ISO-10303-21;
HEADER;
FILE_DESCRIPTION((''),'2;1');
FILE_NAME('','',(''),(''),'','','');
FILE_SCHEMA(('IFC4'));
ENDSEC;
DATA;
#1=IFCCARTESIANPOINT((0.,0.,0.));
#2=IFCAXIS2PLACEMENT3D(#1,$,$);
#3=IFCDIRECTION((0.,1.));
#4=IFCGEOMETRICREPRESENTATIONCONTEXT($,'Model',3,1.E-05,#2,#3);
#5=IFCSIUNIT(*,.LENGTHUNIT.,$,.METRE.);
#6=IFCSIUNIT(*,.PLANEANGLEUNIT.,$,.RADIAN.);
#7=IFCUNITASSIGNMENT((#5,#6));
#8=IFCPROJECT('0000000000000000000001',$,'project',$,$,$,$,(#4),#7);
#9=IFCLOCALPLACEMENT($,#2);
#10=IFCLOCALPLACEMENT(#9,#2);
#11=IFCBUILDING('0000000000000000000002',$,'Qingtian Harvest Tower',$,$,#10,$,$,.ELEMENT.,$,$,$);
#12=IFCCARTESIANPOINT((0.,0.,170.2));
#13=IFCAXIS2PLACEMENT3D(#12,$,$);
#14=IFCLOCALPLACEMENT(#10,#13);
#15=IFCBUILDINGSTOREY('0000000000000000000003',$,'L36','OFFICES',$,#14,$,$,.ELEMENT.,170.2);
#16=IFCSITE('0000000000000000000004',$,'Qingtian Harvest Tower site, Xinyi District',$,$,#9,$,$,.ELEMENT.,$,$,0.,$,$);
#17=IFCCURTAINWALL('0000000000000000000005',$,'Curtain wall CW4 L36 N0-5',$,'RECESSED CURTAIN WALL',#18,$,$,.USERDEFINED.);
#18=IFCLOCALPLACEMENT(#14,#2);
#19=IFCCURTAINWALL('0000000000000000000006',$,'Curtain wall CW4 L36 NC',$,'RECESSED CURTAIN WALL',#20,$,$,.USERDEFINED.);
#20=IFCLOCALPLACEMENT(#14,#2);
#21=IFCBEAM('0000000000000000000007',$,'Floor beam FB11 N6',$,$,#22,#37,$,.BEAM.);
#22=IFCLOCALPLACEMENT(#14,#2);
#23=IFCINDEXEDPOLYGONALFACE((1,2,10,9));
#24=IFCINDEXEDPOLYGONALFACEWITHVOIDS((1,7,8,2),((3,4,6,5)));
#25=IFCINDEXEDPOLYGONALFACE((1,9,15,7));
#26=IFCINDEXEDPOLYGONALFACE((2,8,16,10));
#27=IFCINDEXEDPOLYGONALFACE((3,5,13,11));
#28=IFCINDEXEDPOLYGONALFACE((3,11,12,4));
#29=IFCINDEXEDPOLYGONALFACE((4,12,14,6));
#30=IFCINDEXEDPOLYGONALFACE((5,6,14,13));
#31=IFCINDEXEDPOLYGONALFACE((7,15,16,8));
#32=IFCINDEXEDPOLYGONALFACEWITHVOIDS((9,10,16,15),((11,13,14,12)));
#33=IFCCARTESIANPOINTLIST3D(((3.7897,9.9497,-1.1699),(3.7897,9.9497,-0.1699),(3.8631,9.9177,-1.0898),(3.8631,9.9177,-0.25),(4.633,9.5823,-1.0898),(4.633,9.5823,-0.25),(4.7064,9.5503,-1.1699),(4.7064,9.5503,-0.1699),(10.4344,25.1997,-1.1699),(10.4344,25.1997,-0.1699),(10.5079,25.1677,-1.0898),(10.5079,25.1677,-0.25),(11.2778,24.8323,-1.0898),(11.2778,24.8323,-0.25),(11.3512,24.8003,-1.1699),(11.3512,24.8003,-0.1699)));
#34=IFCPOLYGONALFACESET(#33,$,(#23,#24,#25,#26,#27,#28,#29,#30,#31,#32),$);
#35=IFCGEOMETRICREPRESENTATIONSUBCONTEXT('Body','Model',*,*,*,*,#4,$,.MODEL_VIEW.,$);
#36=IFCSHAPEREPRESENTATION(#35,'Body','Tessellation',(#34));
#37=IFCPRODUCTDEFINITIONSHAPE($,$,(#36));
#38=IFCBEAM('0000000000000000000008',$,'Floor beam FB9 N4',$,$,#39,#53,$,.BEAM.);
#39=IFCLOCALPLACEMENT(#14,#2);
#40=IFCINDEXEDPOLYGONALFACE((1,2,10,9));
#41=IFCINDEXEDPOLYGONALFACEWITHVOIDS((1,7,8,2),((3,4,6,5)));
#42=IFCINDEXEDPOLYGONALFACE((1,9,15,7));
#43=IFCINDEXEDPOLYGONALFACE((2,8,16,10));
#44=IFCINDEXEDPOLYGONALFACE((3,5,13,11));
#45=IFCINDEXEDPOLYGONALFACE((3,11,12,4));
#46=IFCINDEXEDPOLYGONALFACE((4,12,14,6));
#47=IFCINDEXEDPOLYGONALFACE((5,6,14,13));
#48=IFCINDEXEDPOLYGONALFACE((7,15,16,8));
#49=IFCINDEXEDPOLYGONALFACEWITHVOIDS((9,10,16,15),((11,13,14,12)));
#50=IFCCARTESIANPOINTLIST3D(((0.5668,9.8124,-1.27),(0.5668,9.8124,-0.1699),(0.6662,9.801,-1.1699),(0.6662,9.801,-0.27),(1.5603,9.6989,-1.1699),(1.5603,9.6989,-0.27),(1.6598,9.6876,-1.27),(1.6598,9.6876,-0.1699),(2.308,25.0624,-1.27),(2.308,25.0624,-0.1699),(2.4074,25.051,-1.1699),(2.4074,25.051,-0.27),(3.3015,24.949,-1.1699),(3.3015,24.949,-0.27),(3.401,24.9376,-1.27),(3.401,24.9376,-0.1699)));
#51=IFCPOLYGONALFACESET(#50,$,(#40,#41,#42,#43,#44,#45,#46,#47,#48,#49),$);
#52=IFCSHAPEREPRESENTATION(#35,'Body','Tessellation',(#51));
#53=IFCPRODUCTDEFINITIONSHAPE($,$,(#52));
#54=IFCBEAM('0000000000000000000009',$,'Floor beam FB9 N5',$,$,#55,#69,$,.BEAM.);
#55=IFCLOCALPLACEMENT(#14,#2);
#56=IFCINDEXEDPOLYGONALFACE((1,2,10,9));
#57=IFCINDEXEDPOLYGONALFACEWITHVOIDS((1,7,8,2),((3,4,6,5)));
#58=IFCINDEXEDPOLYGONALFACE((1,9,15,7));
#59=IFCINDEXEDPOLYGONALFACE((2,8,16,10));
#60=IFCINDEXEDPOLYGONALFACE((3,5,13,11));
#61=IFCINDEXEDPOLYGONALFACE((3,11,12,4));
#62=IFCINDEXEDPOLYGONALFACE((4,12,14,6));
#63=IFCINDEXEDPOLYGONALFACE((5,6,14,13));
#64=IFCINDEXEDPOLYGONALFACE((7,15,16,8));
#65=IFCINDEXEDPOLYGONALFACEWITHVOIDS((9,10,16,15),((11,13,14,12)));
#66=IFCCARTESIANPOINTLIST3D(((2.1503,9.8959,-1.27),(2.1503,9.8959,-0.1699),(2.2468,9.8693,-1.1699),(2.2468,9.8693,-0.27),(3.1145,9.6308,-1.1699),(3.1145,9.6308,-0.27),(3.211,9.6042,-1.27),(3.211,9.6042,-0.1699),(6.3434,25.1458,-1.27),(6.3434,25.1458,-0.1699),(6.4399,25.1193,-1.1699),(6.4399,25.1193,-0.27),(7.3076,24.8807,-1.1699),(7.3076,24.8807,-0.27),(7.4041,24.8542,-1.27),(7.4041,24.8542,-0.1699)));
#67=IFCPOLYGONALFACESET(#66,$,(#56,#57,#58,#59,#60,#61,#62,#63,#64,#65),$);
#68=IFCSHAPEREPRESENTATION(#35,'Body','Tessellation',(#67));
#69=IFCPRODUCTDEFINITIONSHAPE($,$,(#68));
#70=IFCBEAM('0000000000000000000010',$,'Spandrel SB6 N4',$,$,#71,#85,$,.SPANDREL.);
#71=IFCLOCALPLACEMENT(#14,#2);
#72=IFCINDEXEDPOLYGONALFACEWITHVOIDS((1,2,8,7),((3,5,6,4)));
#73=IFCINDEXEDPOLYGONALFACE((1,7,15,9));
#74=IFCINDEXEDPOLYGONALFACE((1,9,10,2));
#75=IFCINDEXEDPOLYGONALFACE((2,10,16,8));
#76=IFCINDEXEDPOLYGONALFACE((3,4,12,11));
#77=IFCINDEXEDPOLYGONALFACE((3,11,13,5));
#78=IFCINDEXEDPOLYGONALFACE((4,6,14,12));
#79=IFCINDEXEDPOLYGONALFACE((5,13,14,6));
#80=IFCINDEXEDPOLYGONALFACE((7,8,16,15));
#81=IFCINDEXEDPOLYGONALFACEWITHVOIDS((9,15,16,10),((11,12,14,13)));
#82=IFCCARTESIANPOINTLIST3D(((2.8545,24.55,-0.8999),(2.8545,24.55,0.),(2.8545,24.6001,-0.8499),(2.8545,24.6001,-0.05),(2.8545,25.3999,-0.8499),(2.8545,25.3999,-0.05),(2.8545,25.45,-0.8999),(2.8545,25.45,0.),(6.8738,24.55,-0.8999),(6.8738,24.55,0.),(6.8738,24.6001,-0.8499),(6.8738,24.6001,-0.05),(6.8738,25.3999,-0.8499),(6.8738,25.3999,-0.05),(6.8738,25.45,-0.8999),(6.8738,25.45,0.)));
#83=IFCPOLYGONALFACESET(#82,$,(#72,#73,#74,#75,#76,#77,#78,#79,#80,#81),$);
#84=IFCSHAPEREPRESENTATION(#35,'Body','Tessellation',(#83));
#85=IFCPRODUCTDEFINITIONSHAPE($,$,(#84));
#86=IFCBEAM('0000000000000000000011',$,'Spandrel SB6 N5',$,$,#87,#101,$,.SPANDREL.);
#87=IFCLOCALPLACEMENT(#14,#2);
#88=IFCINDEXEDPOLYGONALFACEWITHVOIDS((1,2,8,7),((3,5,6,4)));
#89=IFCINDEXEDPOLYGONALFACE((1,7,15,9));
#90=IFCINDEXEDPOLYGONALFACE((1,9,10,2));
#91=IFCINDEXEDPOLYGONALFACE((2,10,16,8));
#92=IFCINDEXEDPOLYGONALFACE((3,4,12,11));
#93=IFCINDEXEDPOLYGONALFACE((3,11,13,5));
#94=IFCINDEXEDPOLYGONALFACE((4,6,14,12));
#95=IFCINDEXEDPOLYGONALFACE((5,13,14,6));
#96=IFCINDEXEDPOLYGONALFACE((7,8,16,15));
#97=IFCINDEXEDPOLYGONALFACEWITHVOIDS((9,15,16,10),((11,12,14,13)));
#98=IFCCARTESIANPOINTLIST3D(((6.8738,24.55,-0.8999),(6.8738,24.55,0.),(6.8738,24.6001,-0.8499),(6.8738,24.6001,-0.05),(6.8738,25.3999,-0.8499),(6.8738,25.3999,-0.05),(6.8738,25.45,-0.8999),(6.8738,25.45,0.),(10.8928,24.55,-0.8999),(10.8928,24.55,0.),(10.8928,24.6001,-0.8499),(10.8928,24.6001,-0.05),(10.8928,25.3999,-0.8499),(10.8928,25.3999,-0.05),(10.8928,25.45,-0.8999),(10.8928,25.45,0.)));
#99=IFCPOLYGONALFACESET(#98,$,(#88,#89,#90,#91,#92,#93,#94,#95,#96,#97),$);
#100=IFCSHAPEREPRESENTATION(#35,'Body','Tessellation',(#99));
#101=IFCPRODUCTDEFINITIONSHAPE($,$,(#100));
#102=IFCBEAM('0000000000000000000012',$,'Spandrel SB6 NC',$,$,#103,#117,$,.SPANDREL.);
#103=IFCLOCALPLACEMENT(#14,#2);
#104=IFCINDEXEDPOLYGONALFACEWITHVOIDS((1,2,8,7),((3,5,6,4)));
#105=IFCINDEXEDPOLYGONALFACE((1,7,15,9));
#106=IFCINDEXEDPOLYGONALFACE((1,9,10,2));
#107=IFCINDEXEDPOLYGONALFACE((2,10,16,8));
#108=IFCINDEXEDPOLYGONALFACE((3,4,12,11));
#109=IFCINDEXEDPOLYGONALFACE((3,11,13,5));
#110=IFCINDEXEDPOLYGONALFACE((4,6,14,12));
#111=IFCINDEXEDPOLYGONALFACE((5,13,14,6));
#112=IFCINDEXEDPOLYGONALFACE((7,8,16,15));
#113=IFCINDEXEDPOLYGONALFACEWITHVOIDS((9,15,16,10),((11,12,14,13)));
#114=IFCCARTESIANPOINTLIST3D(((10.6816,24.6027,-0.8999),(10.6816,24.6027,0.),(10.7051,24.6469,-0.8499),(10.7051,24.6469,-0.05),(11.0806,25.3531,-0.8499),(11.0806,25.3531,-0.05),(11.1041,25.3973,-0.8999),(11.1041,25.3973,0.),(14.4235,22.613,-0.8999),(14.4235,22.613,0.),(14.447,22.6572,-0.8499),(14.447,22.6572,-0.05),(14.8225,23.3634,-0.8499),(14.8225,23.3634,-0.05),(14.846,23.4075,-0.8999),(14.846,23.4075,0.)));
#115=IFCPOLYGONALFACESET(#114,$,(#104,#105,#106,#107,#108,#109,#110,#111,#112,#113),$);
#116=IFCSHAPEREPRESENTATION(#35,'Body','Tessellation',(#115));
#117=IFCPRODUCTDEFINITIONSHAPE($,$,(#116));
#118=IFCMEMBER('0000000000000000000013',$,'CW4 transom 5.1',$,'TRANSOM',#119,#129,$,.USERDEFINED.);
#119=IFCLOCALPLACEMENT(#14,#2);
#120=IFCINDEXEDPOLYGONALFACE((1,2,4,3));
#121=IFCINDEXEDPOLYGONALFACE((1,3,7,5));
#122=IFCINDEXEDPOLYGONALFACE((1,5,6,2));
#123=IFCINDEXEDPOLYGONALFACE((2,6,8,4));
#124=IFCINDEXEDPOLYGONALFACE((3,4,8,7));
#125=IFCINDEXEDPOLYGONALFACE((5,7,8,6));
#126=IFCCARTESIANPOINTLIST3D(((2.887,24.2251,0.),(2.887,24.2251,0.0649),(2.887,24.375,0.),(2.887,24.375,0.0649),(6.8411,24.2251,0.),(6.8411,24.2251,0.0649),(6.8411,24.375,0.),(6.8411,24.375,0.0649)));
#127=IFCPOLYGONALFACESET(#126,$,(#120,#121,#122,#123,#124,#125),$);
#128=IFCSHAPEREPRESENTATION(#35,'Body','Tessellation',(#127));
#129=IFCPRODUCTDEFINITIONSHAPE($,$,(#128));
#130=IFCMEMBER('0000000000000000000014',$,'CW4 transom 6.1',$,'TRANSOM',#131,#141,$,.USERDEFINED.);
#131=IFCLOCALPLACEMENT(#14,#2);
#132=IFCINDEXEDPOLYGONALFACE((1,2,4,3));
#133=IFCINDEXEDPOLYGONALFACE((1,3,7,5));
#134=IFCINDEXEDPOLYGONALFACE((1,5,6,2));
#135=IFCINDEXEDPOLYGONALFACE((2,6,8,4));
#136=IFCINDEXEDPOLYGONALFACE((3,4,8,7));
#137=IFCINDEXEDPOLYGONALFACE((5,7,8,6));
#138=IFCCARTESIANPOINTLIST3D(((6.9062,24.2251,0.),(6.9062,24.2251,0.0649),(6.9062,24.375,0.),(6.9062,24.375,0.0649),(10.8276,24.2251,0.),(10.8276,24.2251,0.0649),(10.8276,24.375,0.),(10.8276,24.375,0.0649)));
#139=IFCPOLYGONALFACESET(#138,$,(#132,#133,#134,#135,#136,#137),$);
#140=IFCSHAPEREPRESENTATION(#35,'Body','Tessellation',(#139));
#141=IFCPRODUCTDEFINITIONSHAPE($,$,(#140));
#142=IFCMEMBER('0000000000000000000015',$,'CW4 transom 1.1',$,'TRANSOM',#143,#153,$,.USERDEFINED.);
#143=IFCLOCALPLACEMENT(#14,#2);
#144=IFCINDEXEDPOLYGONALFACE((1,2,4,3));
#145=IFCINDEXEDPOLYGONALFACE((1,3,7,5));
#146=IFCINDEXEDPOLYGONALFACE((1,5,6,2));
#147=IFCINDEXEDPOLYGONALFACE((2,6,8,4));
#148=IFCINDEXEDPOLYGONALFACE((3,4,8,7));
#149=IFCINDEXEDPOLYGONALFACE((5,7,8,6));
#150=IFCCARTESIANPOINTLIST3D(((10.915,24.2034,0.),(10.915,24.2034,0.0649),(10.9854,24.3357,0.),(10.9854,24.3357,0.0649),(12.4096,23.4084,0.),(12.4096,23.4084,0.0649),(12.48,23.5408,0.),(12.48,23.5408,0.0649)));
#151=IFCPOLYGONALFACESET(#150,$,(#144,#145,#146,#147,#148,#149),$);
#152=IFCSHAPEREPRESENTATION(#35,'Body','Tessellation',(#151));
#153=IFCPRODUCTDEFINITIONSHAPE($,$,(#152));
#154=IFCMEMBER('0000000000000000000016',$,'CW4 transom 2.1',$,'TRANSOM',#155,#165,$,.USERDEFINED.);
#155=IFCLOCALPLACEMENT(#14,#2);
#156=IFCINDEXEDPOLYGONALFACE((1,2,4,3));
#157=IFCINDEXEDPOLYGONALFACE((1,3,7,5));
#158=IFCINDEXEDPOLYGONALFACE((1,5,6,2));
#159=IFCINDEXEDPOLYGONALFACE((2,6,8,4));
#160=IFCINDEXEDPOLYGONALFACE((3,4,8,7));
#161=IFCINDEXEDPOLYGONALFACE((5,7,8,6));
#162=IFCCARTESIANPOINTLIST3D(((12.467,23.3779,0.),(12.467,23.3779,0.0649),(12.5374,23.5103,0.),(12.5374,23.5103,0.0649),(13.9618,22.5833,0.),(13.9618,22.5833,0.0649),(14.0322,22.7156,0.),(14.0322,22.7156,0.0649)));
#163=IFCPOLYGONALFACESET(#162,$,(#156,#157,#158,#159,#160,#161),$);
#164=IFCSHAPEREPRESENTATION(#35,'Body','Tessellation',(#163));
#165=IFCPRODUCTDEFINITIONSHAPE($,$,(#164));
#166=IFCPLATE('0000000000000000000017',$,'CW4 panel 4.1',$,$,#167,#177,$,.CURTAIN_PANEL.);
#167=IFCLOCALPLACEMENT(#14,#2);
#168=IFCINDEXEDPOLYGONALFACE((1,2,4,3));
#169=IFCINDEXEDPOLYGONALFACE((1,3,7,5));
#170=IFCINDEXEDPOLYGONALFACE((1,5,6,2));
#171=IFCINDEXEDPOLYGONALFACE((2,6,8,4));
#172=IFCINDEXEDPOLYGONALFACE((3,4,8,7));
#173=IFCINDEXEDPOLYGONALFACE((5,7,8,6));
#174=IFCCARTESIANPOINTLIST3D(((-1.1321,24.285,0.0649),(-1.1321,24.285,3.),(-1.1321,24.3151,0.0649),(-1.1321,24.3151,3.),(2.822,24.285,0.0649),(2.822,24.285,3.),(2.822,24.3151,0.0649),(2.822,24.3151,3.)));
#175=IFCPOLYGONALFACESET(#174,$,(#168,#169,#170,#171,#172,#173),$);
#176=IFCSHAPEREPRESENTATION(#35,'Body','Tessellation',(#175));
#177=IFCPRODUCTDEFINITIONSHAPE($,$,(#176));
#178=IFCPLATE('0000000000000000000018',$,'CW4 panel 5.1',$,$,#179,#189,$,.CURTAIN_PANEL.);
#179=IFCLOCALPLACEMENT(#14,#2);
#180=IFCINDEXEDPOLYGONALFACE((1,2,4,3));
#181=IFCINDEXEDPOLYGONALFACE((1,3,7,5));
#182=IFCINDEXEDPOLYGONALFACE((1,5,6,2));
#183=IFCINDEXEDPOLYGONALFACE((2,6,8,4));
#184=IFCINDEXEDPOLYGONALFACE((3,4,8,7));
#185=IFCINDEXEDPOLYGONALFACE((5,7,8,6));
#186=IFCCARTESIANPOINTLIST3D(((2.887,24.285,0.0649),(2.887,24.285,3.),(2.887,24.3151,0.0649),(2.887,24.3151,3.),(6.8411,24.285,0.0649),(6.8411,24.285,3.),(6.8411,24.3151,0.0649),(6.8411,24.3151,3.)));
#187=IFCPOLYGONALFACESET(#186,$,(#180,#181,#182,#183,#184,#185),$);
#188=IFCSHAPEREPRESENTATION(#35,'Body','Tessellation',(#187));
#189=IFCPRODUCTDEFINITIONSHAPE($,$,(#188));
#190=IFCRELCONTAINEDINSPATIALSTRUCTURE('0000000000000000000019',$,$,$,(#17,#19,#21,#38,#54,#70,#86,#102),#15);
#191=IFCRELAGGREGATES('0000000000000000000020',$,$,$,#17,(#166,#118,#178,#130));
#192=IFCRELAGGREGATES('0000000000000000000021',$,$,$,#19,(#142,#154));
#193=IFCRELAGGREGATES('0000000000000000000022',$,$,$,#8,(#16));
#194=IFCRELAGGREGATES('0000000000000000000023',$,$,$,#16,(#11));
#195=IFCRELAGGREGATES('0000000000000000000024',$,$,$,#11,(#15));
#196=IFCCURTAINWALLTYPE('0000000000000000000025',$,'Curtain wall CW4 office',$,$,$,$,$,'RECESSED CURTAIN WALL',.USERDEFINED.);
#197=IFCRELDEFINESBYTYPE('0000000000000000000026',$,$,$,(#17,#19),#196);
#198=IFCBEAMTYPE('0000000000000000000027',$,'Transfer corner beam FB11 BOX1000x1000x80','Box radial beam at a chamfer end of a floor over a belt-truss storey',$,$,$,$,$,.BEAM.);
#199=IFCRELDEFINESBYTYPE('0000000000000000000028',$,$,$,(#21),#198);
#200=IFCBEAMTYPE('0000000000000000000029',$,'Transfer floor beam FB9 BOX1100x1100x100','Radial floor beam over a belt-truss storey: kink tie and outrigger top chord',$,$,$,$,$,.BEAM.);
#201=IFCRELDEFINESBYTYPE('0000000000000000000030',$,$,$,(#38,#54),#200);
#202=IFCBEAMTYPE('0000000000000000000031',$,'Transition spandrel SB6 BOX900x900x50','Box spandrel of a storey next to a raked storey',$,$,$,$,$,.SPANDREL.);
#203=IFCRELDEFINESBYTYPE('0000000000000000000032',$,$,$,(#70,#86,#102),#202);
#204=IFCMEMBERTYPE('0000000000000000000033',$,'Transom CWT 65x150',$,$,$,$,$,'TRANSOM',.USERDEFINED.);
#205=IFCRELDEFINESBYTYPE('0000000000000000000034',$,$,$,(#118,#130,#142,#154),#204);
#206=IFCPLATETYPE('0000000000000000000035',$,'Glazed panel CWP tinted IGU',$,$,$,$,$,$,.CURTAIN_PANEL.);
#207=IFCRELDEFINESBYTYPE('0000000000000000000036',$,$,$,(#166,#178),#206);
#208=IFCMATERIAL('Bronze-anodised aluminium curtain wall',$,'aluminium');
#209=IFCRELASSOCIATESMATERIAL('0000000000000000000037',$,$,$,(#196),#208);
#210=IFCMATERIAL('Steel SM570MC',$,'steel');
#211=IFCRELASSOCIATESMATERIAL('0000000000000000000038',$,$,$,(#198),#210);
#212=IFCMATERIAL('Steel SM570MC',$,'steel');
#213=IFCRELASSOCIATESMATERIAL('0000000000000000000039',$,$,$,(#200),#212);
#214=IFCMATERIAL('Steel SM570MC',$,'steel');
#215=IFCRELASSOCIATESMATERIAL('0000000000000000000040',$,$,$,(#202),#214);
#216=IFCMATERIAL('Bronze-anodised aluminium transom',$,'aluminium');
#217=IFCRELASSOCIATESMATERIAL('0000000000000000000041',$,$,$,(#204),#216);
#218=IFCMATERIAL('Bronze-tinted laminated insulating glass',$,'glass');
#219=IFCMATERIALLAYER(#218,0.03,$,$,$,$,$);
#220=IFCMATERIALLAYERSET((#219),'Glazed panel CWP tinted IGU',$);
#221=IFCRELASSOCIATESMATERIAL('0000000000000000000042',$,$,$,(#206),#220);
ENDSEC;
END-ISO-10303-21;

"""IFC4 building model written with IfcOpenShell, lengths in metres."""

from ifc_helpers import new_model, si_unit, direction, frame, origin, origin_2d, place, context, subcontext, project, spatial, rectangle, hollow_rectangle, extrude, material, layer, layer_set, material_profile, profile_set, type_object, element, aggregate, save


model = new_model("IFC4")

# Units and contexts
model_context = context("Model", 3, precision=1e-05, world=origin(), true_north=direction((0.0, 1.0)))
body_context = subcontext(model_context, "Body", "Model", "MODEL_VIEW")
ifc_project = project(units=[si_unit("LENGTHUNIT", "METRE"), si_unit("PLANEANGLEUNIT", "RADIAN")], contexts=[model_context])

# Site, building, storey
site_placement = place(None, origin())
site = spatial("IfcSite", under=ifc_project, at=site_placement, Name="Qingtian Harvest Tower site, Xinyi District", CompositionType="ELEMENT", RefElevation=0.0)
building_placement = place(site_placement, origin())
building = spatial("IfcBuilding", under=site, at=building_placement, Name="Qingtian Harvest Tower", CompositionType="ELEMENT")
storey_placement = place(building_placement, frame((0.0, 0.0, 170.2)))
storey = spatial("IfcBuildingStorey", under=building, at=storey_placement, Name="L36", Description="OFFICES", CompositionType="ELEMENT", Elevation=170.2)

# Curtain walls
ifc_material_1 = material(Name="Bronze-anodised aluminium curtain wall", Category="aluminium")
curtain_wall_type = type_object("IfcCurtainWallType", Name="Curtain wall CW4 office", ElementType="RECESSED CURTAIN WALL", PredefinedType="USERDEFINED", material=ifc_material_1)
curtain_wall_1_placement = place(storey_placement, origin())
curtain_wall_1 = element("IfcCurtainWall", 1, at=curtain_wall_1_placement, inside=storey, type_object=curtain_wall_type, Name="Curtain wall CW4 L36 N0-5", ObjectType="RECESSED CURTAIN WALL", PredefinedType="USERDEFINED")
curtain_wall_2_placement = place(storey_placement, origin())
curtain_wall_2 = element("IfcCurtainWall", 2, at=curtain_wall_2_placement, inside=storey, type_object=curtain_wall_type, Name="Curtain wall CW4 L36 NC", ObjectType="RECESSED CURTAIN WALL", PredefinedType="USERDEFINED")

# Beams
ifc_material_2 = material(Name="Steel SM570MC", Category="steel")
ifc_material_profile_1 = material_profile(ifc_material_2, hollow_rectangle(XDim=1.0, YDim=1.0, WallThickness=0.0801, at=origin_2d()), Name="BOX1000x1000x80")
ifc_profile_set_1 = profile_set([ifc_material_profile_1], Name="Steel SM570MC")
beam_type_1 = type_object("IfcBeamType", Name="Transfer corner beam FB11 BOX1000x1000x80", Description="Box radial beam at a chamfer end of a floor over a belt-truss storey", PredefinedType="BEAM", material=ifc_profile_set_1)
beam_1_placement = place(storey_placement, frame((10.8928, 25.0, -0.6699), z_axis=(-0.399451, -0.916755, 0.0), x_axis=(0.916755, -0.399451, 0.0)))
element("IfcBeam", 3, at=beam_1_placement, inside=storey, type_object=beam_type_1, Name="Floor beam FB11 N6", PredefinedType="BEAM", context=body_context, shape_type="SweptSolid", body=[
    extrude(hollow_rectangle(XDim=1.0, YDim=1.0, WallThickness=0.0801, at=origin_2d()), origin(), (0.0, 0.0, 1.0), 16.6348),
])
ifc_material_3 = material(Name="Steel SM570MC", Category="steel")
ifc_material_profile_2 = material_profile(ifc_material_3, hollow_rectangle(XDim=1.1001, YDim=1.1001, WallThickness=0.1001, at=origin_2d()), Name="BOX1100x1100x100")
ifc_profile_set_2 = profile_set([ifc_material_profile_2], Name="Steel SM570MC")
beam_type_2 = type_object("IfcBeamType", Name="Transfer floor beam FB9 BOX1100x1100x100", Description="Radial floor beam over a belt-truss storey: kink tie and outrigger top chord", PredefinedType="BEAM", material=ifc_profile_set_2)
beam_2_placement = place(storey_placement, frame((2.8545, 25.0, -0.72), z_axis=(-0.113441, -0.993545, 0.0), x_axis=(0.993545, -0.113441, 0.0)))
element("IfcBeam", 4, at=beam_2_placement, inside=storey, type_object=beam_type_2, Name="Floor beam FB9 N4", PredefinedType="BEAM", context=body_context, shape_type="SweptSolid", body=[
    extrude(hollow_rectangle(XDim=1.1001, YDim=1.1001, WallThickness=0.1001, at=origin_2d()), origin(), (0.0, 0.0, 1.0), 15.3491),
])
beam_3_placement = place(storey_placement, frame((6.8738, 25.0, -0.72), z_axis=(-0.265119, -0.964216, 0.0), x_axis=(0.964216, -0.265119, 0.0)))
element("IfcBeam", 5, at=beam_3_placement, inside=storey, type_object=beam_type_2, Name="Floor beam FB9 N5", PredefinedType="BEAM", context=body_context, shape_type="SweptSolid", body=[
    extrude(hollow_rectangle(XDim=1.1001, YDim=1.1001, WallThickness=0.1001, at=origin_2d()), origin(), (0.0, 0.0, 1.0), 15.8159),
])
ifc_material_4 = material(Name="Steel SM570MC", Category="steel")
ifc_material_profile_3 = material_profile(ifc_material_4, hollow_rectangle(XDim=0.8999, YDim=0.8999, WallThickness=0.05, at=origin_2d()), Name="BOX900x900x50")
ifc_profile_set_3 = profile_set([ifc_material_profile_3], Name="Steel SM570MC")
beam_type_3 = type_object("IfcBeamType", Name="Transition spandrel SB6 BOX900x900x50", Description="Box spandrel of a storey next to a raked storey", PredefinedType="SPANDREL", material=ifc_profile_set_3)
beam_4_placement = place(storey_placement, frame((2.8545, 25.0, -0.45), z_axis=(1.0, 0.0, 0.0), x_axis=(0.0, 1.0, 0.0)))
element("IfcBeam", 6, at=beam_4_placement, inside=storey, type_object=beam_type_3, Name="Spandrel SB6 N4", PredefinedType="SPANDREL", context=body_context, shape_type="SweptSolid", body=[
    extrude(hollow_rectangle(XDim=0.8999, YDim=0.8999, WallThickness=0.05, at=origin_2d()), origin(), (0.0, 0.0, 1.0), 4.0193),
])
beam_5_placement = place(storey_placement, frame((6.8738, 25.0, -0.45), z_axis=(1.0, 0.0, 0.0), x_axis=(0.0, 1.0, 0.0)))
element("IfcBeam", 7, at=beam_5_placement, inside=storey, type_object=beam_type_3, Name="Spandrel SB6 N5", PredefinedType="SPANDREL", context=body_context, shape_type="SweptSolid", body=[
    extrude(hollow_rectangle(XDim=0.8999, YDim=0.8999, WallThickness=0.05, at=origin_2d()), origin(), (0.0, 0.0, 1.0), 4.019),
])
beam_6_placement = place(storey_placement, frame((10.8928, 25.0, -0.45), z_axis=(0.882936, -0.469494, 0.0), x_axis=(0.469494, 0.882936, 0.0)))
element("IfcBeam", 8, at=beam_6_placement, inside=storey, type_object=beam_type_3, Name="Spandrel SB6 NC", PredefinedType="SPANDREL", context=body_context, shape_type="SweptSolid", body=[
    extrude(hollow_rectangle(XDim=0.8999, YDim=0.8999, WallThickness=0.05, at=origin_2d()), origin(), (0.0, 0.0, 1.0), 4.238),
])

# Members
ifc_material_5 = material(Name="Bronze-anodised aluminium transom", Category="aluminium")
ifc_material_profile_4 = material_profile(ifc_material_5, rectangle(XDim=0.1499, YDim=0.0649, at=origin_2d()), Name="AL 65x150")
ifc_profile_set_4 = profile_set([ifc_material_profile_4], Name="Bronze-anodised aluminium transom")
member_type_1 = type_object("IfcMemberType", Name="Transom CWT 65x150", ElementType="TRANSOM", PredefinedType="USERDEFINED", material=ifc_profile_set_4)
member_1_placement = place(storey_placement, frame((2.887, 24.3, 0.0325), z_axis=(1.0, 0.0, 0.0), x_axis=(0.0, 1.0, 0.0)))
member_1 = element("IfcMember", 9, at=member_1_placement, type_object=member_type_1, Name="CW4 transom 5.1", ObjectType="TRANSOM", PredefinedType="USERDEFINED", context=body_context, shape_type="SweptSolid", body=[
    extrude(rectangle(XDim=0.1499, YDim=0.0649, at=origin_2d()), origin(), (0.0, 0.0, 1.0), 3.9541),
])
member_2_placement = place(storey_placement, frame((6.9062, 24.3, 0.0325), z_axis=(1.0, 0.0, 0.0), x_axis=(0.0, 1.0, 0.0)))
member_2 = element("IfcMember", 10, at=member_2_placement, type_object=member_type_1, Name="CW4 transom 6.1", ObjectType="TRANSOM", PredefinedType="USERDEFINED", context=body_context, shape_type="SweptSolid", body=[
    extrude(rectangle(XDim=0.1499, YDim=0.0649, at=origin_2d()), origin(), (0.0, 0.0, 1.0), 3.9214),
])
member_3_placement = place(storey_placement, frame((10.9502, 24.2695, 0.0325), z_axis=(0.882895, -0.46957, 0.0), x_axis=(0.46957, 0.882895, 0.0)))
member_3 = element("IfcMember", 11, at=member_3_placement, type_object=member_type_1, Name="CW4 transom 1.1", ObjectType="TRANSOM", PredefinedType="USERDEFINED", context=body_context, shape_type="SweptSolid", body=[
    extrude(rectangle(XDim=0.1499, YDim=0.0649, at=origin_2d()), origin(), (0.0, 0.0, 1.0), 1.6929),
])
member_4_placement = place(storey_placement, frame((12.5022, 23.4441, 0.0325), z_axis=(0.882987, -0.469398, 0.0), x_axis=(0.469398, 0.882987, 0.0)))
member_4 = element("IfcMember", 12, at=member_4_placement, type_object=member_type_1, Name="CW4 transom 2.1", ObjectType="TRANSOM", PredefinedType="USERDEFINED", context=body_context, shape_type="SweptSolid", body=[
    extrude(rectangle(XDim=0.1499, YDim=0.0649, at=origin_2d()), origin(), (0.0, 0.0, 1.0), 1.6929),
])

# Plates
ifc_material_6 = material(Name="Bronze-tinted laminated insulating glass", Category="glass")
ifc_layer_1 = layer(ifc_material_6, 0.03)
ifc_layer_set_1 = layer_set([ifc_layer_1], Name="Glazed panel CWP tinted IGU")
plate_type = type_object("IfcPlateType", Name="Glazed panel CWP tinted IGU", PredefinedType="CURTAIN_PANEL", material=ifc_layer_set_1)
plate_1_placement = place(storey_placement, frame((0.845, 24.3, 0.0649), z_axis=(0.0, 0.0, 1.0), x_axis=(1.0, 0.0, 0.0)))
plate_1 = element("IfcPlate", 13, at=plate_1_placement, type_object=plate_type, Name="CW4 panel 4.1", PredefinedType="CURTAIN_PANEL", context=body_context, shape_type="SweptSolid", body=[
    extrude(rectangle(XDim=3.9541, YDim=0.03, at=origin_2d()), origin(), (0.0, 0.0, 1.0), 2.9351),
])
plate_2_placement = place(storey_placement, frame((4.864, 24.3, 0.0649), z_axis=(0.0, 0.0, 1.0), x_axis=(1.0, 0.0, 0.0)))
plate_2 = element("IfcPlate", 14, at=plate_2_placement, type_object=plate_type, Name="CW4 panel 5.1", PredefinedType="CURTAIN_PANEL", context=body_context, shape_type="SweptSolid", body=[
    extrude(rectangle(XDim=3.9541, YDim=0.03, at=origin_2d()), origin(), (0.0, 0.0, 1.0), 2.9351),
])
aggregate(curtain_wall_1, [plate_1, member_1, plate_2, member_2])
aggregate(curtain_wall_2, [member_3, member_4])

save(model, "model.ifc")
